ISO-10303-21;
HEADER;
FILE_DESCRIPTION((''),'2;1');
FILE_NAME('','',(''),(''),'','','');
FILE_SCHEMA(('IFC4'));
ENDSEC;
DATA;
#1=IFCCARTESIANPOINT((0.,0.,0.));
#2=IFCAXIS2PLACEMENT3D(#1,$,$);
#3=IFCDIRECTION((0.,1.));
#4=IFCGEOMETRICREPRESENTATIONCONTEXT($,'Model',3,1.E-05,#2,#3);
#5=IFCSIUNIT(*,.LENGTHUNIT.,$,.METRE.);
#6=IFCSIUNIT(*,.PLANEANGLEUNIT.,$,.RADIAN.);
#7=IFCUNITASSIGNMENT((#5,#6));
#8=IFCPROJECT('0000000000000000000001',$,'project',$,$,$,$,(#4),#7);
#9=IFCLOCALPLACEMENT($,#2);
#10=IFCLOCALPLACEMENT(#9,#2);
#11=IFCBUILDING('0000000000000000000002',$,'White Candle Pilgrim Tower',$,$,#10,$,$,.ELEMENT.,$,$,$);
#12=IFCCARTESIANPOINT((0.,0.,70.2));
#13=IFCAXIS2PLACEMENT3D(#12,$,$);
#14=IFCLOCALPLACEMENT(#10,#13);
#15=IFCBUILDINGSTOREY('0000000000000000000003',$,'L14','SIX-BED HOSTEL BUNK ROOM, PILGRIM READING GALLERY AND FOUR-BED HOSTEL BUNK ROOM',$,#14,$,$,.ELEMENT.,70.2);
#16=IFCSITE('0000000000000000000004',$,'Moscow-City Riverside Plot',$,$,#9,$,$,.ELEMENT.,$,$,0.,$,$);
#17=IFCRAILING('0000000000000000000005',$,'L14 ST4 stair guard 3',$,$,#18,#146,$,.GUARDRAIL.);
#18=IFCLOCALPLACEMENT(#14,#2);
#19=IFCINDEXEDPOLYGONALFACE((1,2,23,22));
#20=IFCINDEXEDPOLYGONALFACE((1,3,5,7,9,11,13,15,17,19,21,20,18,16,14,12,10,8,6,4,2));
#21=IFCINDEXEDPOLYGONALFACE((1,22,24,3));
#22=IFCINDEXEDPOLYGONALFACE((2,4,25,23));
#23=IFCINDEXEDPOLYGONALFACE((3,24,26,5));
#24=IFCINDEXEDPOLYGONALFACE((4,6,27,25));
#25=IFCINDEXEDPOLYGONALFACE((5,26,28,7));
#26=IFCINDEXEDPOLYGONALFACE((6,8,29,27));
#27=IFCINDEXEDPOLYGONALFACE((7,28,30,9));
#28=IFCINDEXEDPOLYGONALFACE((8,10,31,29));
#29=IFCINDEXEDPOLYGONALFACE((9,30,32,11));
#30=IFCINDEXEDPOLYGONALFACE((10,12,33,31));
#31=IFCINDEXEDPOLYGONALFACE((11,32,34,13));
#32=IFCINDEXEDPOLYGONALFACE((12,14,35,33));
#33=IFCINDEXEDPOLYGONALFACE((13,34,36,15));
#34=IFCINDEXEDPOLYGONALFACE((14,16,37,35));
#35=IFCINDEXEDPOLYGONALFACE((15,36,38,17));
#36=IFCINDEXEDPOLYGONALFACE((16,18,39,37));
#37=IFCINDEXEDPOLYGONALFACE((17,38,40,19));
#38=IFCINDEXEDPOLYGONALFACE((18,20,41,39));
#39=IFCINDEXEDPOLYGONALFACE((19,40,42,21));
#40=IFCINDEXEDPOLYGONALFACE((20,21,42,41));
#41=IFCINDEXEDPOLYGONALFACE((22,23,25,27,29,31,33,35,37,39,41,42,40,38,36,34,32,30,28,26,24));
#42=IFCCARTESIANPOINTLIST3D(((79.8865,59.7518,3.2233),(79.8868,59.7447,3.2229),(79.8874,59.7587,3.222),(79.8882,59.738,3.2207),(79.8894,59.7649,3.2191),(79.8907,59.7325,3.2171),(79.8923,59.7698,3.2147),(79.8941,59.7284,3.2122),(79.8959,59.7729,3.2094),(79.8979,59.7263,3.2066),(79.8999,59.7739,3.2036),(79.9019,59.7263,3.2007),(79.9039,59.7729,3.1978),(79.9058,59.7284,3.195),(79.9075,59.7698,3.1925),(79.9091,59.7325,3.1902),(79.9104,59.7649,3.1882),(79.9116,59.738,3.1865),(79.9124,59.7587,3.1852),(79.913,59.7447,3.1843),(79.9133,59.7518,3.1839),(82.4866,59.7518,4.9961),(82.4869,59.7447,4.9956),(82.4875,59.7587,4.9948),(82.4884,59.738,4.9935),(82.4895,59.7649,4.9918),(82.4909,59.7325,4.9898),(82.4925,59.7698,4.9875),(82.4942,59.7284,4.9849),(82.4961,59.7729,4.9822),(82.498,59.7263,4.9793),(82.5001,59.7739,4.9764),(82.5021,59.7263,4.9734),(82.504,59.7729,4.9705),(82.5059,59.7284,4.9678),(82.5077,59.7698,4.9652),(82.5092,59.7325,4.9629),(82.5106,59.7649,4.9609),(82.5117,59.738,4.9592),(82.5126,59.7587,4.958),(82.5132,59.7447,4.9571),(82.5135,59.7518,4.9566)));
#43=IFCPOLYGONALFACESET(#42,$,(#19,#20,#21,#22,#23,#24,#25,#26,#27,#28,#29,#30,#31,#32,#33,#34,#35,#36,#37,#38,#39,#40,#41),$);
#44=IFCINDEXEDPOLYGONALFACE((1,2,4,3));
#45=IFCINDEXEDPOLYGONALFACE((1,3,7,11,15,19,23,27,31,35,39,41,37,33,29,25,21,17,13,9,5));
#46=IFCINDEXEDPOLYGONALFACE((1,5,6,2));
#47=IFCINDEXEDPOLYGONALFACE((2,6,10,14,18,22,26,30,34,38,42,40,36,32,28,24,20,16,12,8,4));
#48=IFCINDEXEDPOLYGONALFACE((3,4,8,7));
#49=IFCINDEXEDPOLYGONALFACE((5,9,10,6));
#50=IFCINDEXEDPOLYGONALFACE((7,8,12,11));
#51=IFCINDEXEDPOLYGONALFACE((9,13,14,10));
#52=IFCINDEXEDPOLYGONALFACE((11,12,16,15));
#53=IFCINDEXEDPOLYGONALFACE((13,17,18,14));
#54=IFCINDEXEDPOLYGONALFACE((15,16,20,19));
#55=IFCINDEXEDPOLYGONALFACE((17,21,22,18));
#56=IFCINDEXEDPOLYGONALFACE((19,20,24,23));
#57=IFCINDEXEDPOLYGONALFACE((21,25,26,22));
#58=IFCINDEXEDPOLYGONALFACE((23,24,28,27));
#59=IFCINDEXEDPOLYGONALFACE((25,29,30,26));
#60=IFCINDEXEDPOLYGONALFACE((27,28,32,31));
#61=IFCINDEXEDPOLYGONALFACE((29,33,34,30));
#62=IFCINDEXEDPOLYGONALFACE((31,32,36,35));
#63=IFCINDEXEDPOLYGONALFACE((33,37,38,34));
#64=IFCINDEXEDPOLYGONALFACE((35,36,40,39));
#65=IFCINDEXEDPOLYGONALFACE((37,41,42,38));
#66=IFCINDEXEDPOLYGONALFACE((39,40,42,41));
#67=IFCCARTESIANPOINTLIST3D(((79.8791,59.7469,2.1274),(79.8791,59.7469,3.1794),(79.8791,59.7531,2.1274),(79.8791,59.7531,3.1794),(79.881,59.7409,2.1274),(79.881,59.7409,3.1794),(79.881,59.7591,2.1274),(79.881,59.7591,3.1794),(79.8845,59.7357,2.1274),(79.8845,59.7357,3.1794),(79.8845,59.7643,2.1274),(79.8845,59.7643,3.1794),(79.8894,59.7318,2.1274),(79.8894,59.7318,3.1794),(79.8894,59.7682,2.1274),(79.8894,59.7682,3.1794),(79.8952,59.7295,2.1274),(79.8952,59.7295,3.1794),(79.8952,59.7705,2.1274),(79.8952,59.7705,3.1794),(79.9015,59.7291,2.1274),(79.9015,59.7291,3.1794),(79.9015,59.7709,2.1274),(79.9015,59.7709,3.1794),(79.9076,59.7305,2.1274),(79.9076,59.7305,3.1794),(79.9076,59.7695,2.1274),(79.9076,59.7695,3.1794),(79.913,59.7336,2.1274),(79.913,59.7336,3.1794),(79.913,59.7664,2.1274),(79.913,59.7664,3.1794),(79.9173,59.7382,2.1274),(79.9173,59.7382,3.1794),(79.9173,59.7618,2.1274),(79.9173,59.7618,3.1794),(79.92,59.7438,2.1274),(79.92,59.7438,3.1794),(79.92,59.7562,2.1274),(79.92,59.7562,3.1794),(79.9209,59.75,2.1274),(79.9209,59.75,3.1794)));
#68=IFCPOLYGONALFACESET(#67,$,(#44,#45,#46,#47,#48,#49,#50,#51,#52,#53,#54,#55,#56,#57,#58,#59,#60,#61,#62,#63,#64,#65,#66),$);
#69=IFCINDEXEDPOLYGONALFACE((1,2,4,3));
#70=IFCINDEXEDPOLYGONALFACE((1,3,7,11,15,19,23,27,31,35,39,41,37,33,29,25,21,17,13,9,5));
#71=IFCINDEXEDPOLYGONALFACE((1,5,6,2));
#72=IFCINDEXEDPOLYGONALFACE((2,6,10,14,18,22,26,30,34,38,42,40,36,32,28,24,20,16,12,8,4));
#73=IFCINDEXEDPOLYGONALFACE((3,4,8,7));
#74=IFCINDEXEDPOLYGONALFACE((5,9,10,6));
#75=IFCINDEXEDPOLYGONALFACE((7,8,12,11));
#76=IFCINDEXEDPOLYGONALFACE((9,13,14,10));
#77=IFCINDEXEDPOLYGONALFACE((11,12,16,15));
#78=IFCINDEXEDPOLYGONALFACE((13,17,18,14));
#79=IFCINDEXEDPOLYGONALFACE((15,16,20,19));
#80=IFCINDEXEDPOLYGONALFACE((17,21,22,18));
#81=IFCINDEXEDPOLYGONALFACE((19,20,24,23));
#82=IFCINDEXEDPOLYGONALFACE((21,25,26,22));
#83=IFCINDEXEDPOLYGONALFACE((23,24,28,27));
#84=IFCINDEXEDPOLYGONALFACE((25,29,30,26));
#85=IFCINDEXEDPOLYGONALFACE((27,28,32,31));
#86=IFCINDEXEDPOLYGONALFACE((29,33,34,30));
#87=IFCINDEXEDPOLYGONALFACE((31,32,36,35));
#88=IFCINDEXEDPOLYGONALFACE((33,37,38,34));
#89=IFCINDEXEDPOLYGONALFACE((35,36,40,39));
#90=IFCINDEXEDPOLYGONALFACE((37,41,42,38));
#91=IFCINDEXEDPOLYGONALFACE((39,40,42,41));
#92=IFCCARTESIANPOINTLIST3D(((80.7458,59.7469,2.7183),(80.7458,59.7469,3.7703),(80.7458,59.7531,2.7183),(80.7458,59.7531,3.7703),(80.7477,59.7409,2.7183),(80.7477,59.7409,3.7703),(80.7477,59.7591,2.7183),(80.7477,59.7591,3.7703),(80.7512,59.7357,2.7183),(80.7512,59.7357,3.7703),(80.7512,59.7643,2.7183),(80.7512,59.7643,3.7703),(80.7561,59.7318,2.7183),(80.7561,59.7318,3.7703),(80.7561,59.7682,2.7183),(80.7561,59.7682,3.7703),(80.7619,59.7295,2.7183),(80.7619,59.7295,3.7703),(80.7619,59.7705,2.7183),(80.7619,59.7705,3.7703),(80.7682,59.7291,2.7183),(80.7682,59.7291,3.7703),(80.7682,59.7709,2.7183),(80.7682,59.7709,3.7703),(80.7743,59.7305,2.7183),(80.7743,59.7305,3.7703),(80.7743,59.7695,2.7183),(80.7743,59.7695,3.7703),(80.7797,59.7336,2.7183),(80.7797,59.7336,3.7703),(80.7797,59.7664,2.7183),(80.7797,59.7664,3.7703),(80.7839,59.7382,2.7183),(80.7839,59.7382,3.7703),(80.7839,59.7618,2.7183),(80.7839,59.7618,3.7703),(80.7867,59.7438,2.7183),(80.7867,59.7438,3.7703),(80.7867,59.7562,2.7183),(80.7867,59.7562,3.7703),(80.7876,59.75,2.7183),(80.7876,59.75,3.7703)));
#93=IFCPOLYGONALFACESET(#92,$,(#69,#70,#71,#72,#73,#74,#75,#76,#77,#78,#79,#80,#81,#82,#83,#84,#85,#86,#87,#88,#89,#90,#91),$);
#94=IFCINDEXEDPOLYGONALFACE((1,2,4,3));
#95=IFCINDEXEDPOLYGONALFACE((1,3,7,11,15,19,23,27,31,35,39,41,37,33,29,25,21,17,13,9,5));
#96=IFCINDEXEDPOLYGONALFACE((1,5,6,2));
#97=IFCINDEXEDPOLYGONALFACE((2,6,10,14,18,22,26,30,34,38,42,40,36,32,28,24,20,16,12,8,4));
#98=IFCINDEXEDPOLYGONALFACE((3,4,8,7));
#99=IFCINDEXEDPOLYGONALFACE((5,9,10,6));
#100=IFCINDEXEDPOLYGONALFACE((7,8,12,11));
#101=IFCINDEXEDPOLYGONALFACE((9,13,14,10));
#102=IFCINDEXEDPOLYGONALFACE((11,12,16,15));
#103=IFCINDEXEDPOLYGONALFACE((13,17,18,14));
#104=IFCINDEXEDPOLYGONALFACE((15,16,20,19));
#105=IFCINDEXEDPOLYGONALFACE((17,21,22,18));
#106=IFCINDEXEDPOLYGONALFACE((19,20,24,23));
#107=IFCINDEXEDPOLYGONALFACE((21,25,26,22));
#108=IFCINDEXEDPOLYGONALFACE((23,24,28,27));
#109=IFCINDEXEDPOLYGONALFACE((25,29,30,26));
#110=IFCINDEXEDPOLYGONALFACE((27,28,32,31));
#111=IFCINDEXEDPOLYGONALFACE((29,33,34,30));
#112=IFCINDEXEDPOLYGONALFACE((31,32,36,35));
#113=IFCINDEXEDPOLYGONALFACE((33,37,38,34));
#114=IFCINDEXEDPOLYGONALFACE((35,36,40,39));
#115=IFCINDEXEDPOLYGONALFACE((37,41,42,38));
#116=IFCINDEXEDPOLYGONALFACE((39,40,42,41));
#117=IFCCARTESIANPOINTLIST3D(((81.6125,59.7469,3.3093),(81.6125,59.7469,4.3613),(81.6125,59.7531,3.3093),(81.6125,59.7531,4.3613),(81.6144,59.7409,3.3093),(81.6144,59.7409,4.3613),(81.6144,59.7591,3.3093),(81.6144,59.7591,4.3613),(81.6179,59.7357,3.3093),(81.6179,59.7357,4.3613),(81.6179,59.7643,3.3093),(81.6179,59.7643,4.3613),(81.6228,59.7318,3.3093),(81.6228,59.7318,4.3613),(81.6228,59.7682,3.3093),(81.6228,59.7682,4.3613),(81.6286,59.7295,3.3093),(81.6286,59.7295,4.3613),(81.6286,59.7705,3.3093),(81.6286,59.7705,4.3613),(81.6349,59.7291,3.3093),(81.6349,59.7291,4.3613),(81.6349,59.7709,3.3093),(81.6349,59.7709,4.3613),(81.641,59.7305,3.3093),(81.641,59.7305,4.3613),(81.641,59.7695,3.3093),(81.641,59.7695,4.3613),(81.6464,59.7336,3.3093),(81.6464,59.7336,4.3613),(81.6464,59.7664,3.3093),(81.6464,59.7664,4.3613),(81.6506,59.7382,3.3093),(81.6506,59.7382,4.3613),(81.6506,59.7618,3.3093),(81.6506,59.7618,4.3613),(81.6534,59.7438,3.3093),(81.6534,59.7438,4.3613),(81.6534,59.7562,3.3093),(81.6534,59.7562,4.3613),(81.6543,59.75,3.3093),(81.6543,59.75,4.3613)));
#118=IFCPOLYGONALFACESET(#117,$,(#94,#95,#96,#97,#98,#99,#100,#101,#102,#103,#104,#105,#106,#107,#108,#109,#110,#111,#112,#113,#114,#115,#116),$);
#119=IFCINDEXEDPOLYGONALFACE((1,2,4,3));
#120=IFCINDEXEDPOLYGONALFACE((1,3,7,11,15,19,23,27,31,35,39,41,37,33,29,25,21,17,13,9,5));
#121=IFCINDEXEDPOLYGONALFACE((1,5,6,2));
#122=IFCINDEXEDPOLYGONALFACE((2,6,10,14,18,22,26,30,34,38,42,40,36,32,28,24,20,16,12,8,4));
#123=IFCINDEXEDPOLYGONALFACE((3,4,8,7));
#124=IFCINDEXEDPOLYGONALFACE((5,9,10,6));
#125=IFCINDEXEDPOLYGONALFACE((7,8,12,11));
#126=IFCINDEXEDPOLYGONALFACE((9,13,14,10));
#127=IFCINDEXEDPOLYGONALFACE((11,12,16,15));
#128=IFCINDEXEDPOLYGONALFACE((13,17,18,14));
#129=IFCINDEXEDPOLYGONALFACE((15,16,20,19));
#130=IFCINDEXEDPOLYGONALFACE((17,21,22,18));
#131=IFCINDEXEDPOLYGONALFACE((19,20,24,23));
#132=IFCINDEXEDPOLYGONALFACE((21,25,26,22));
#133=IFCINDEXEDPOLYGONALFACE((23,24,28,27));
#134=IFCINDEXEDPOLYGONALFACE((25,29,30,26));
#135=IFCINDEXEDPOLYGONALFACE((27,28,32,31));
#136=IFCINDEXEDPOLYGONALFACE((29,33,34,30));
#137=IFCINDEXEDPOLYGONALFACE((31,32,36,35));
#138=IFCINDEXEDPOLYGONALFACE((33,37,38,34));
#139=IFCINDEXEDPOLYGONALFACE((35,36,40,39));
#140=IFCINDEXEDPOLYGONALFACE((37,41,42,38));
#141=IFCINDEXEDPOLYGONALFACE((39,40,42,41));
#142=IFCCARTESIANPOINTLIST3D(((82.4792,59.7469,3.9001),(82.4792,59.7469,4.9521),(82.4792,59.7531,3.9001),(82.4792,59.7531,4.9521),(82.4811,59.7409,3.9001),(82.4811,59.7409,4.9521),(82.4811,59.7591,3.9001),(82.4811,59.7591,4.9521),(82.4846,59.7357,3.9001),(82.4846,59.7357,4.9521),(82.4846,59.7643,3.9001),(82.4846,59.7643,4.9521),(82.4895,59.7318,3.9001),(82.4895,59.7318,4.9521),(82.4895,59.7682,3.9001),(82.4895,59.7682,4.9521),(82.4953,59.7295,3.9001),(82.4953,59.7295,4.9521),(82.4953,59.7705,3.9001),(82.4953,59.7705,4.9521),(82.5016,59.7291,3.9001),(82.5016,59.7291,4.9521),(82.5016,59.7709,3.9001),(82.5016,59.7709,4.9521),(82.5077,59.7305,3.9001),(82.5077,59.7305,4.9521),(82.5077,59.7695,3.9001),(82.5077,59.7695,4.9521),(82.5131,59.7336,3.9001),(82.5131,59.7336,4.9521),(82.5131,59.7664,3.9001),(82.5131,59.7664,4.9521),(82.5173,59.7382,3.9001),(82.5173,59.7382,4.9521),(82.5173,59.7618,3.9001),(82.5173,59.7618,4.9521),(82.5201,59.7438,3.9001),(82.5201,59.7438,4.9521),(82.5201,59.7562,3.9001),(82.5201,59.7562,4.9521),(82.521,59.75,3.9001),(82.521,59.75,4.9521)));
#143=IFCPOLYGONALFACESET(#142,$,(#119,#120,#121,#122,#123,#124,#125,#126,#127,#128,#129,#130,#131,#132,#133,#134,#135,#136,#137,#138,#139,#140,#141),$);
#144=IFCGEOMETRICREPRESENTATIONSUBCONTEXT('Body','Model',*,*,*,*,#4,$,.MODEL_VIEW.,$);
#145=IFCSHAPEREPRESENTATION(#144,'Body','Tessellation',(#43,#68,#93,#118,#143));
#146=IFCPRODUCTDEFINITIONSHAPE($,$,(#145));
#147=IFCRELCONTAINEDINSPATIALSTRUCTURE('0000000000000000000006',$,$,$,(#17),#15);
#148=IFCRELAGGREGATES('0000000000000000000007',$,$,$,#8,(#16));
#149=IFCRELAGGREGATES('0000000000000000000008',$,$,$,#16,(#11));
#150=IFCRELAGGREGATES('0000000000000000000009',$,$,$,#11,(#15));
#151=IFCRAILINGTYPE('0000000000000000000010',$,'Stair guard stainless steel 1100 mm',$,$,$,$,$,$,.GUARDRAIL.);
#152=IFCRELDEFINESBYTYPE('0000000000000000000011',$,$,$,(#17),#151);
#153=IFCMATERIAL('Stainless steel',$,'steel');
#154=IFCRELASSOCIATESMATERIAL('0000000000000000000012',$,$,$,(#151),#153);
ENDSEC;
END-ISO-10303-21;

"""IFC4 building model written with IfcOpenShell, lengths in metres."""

from ifc_helpers import new_model, si_unit, direction, frame, origin, origin_2d, place, context, subcontext, project, spatial, circle, extrude, material, type_object, element, save


model = new_model("IFC4")

# Units and contexts
model_context = context("Model", 3, precision=1e-05, world=origin(), true_north=direction((0.0, 1.0)))
body_context = subcontext(model_context, "Body", "Model", "MODEL_VIEW")
ifc_project = project(units=[si_unit("LENGTHUNIT", "METRE"), si_unit("PLANEANGLEUNIT", "RADIAN")], contexts=[model_context])

# Site, building, storey
site_placement = place(None, origin())
site = spatial("IfcSite", under=ifc_project, at=site_placement, Name="Moscow-City Riverside Plot", CompositionType="ELEMENT", RefElevation=0.0)
building_placement = place(site_placement, origin())
building = spatial("IfcBuilding", under=site, at=building_placement, Name="White Candle Pilgrim Tower", CompositionType="ELEMENT")
storey_placement = place(building_placement, frame((0.0, 0.0, 70.2)))
storey = spatial("IfcBuildingStorey", under=building, at=storey_placement, Name="L14", Description="SIX-BED HOSTEL BUNK ROOM, PILGRIM READING GALLERY AND FOUR-BED HOSTEL BUNK ROOM", CompositionType="ELEMENT", Elevation=70.2)

# Railing
ifc_material_1 = material(Name="Stainless steel", Category="steel")
railing_type_1 = type_object("IfcRailingType", Name="Stair guard stainless steel 1100 mm", PredefinedType="GUARDRAIL", material=ifc_material_1)
railing_1_placement = place(storey_placement, frame((79.8999, 59.75, 2.1274)))
element("IfcRailing", 1, at=railing_1_placement, inside=storey, type_object=railing_type_1, Name="L14 ST4 stair guard 3", PredefinedType="GUARDRAIL", context=body_context, shape_type="SweptSolid", body=[
    extrude(circle(Radius=0.0239, at=origin_2d()), frame((0.0, 0.0, 1.0762), z_axis=(0.82624, 0.0, 0.563318), x_axis=(0.0, 1.0, 0.0)), (0.0, 0.0, 1.0), 3.147),
    extrude(circle(Radius=0.021, at=origin_2d()), origin(), (0.0, 0.0, 1.0), 1.052),
    extrude(circle(Radius=0.021, at=origin_2d()), frame((0.8667, 0.0, 0.5908)), (0.0, 0.0, 1.0), 1.052),
    extrude(circle(Radius=0.021, at=origin_2d()), frame((1.7334, 0.0, 1.1819)), (0.0, 0.0, 1.0), 1.052),
    extrude(circle(Radius=0.021, at=origin_2d()), frame((2.6001, 0.0, 1.7727)), (0.0, 0.0, 1.0), 1.052),
])

save(model, "model.ifc")
